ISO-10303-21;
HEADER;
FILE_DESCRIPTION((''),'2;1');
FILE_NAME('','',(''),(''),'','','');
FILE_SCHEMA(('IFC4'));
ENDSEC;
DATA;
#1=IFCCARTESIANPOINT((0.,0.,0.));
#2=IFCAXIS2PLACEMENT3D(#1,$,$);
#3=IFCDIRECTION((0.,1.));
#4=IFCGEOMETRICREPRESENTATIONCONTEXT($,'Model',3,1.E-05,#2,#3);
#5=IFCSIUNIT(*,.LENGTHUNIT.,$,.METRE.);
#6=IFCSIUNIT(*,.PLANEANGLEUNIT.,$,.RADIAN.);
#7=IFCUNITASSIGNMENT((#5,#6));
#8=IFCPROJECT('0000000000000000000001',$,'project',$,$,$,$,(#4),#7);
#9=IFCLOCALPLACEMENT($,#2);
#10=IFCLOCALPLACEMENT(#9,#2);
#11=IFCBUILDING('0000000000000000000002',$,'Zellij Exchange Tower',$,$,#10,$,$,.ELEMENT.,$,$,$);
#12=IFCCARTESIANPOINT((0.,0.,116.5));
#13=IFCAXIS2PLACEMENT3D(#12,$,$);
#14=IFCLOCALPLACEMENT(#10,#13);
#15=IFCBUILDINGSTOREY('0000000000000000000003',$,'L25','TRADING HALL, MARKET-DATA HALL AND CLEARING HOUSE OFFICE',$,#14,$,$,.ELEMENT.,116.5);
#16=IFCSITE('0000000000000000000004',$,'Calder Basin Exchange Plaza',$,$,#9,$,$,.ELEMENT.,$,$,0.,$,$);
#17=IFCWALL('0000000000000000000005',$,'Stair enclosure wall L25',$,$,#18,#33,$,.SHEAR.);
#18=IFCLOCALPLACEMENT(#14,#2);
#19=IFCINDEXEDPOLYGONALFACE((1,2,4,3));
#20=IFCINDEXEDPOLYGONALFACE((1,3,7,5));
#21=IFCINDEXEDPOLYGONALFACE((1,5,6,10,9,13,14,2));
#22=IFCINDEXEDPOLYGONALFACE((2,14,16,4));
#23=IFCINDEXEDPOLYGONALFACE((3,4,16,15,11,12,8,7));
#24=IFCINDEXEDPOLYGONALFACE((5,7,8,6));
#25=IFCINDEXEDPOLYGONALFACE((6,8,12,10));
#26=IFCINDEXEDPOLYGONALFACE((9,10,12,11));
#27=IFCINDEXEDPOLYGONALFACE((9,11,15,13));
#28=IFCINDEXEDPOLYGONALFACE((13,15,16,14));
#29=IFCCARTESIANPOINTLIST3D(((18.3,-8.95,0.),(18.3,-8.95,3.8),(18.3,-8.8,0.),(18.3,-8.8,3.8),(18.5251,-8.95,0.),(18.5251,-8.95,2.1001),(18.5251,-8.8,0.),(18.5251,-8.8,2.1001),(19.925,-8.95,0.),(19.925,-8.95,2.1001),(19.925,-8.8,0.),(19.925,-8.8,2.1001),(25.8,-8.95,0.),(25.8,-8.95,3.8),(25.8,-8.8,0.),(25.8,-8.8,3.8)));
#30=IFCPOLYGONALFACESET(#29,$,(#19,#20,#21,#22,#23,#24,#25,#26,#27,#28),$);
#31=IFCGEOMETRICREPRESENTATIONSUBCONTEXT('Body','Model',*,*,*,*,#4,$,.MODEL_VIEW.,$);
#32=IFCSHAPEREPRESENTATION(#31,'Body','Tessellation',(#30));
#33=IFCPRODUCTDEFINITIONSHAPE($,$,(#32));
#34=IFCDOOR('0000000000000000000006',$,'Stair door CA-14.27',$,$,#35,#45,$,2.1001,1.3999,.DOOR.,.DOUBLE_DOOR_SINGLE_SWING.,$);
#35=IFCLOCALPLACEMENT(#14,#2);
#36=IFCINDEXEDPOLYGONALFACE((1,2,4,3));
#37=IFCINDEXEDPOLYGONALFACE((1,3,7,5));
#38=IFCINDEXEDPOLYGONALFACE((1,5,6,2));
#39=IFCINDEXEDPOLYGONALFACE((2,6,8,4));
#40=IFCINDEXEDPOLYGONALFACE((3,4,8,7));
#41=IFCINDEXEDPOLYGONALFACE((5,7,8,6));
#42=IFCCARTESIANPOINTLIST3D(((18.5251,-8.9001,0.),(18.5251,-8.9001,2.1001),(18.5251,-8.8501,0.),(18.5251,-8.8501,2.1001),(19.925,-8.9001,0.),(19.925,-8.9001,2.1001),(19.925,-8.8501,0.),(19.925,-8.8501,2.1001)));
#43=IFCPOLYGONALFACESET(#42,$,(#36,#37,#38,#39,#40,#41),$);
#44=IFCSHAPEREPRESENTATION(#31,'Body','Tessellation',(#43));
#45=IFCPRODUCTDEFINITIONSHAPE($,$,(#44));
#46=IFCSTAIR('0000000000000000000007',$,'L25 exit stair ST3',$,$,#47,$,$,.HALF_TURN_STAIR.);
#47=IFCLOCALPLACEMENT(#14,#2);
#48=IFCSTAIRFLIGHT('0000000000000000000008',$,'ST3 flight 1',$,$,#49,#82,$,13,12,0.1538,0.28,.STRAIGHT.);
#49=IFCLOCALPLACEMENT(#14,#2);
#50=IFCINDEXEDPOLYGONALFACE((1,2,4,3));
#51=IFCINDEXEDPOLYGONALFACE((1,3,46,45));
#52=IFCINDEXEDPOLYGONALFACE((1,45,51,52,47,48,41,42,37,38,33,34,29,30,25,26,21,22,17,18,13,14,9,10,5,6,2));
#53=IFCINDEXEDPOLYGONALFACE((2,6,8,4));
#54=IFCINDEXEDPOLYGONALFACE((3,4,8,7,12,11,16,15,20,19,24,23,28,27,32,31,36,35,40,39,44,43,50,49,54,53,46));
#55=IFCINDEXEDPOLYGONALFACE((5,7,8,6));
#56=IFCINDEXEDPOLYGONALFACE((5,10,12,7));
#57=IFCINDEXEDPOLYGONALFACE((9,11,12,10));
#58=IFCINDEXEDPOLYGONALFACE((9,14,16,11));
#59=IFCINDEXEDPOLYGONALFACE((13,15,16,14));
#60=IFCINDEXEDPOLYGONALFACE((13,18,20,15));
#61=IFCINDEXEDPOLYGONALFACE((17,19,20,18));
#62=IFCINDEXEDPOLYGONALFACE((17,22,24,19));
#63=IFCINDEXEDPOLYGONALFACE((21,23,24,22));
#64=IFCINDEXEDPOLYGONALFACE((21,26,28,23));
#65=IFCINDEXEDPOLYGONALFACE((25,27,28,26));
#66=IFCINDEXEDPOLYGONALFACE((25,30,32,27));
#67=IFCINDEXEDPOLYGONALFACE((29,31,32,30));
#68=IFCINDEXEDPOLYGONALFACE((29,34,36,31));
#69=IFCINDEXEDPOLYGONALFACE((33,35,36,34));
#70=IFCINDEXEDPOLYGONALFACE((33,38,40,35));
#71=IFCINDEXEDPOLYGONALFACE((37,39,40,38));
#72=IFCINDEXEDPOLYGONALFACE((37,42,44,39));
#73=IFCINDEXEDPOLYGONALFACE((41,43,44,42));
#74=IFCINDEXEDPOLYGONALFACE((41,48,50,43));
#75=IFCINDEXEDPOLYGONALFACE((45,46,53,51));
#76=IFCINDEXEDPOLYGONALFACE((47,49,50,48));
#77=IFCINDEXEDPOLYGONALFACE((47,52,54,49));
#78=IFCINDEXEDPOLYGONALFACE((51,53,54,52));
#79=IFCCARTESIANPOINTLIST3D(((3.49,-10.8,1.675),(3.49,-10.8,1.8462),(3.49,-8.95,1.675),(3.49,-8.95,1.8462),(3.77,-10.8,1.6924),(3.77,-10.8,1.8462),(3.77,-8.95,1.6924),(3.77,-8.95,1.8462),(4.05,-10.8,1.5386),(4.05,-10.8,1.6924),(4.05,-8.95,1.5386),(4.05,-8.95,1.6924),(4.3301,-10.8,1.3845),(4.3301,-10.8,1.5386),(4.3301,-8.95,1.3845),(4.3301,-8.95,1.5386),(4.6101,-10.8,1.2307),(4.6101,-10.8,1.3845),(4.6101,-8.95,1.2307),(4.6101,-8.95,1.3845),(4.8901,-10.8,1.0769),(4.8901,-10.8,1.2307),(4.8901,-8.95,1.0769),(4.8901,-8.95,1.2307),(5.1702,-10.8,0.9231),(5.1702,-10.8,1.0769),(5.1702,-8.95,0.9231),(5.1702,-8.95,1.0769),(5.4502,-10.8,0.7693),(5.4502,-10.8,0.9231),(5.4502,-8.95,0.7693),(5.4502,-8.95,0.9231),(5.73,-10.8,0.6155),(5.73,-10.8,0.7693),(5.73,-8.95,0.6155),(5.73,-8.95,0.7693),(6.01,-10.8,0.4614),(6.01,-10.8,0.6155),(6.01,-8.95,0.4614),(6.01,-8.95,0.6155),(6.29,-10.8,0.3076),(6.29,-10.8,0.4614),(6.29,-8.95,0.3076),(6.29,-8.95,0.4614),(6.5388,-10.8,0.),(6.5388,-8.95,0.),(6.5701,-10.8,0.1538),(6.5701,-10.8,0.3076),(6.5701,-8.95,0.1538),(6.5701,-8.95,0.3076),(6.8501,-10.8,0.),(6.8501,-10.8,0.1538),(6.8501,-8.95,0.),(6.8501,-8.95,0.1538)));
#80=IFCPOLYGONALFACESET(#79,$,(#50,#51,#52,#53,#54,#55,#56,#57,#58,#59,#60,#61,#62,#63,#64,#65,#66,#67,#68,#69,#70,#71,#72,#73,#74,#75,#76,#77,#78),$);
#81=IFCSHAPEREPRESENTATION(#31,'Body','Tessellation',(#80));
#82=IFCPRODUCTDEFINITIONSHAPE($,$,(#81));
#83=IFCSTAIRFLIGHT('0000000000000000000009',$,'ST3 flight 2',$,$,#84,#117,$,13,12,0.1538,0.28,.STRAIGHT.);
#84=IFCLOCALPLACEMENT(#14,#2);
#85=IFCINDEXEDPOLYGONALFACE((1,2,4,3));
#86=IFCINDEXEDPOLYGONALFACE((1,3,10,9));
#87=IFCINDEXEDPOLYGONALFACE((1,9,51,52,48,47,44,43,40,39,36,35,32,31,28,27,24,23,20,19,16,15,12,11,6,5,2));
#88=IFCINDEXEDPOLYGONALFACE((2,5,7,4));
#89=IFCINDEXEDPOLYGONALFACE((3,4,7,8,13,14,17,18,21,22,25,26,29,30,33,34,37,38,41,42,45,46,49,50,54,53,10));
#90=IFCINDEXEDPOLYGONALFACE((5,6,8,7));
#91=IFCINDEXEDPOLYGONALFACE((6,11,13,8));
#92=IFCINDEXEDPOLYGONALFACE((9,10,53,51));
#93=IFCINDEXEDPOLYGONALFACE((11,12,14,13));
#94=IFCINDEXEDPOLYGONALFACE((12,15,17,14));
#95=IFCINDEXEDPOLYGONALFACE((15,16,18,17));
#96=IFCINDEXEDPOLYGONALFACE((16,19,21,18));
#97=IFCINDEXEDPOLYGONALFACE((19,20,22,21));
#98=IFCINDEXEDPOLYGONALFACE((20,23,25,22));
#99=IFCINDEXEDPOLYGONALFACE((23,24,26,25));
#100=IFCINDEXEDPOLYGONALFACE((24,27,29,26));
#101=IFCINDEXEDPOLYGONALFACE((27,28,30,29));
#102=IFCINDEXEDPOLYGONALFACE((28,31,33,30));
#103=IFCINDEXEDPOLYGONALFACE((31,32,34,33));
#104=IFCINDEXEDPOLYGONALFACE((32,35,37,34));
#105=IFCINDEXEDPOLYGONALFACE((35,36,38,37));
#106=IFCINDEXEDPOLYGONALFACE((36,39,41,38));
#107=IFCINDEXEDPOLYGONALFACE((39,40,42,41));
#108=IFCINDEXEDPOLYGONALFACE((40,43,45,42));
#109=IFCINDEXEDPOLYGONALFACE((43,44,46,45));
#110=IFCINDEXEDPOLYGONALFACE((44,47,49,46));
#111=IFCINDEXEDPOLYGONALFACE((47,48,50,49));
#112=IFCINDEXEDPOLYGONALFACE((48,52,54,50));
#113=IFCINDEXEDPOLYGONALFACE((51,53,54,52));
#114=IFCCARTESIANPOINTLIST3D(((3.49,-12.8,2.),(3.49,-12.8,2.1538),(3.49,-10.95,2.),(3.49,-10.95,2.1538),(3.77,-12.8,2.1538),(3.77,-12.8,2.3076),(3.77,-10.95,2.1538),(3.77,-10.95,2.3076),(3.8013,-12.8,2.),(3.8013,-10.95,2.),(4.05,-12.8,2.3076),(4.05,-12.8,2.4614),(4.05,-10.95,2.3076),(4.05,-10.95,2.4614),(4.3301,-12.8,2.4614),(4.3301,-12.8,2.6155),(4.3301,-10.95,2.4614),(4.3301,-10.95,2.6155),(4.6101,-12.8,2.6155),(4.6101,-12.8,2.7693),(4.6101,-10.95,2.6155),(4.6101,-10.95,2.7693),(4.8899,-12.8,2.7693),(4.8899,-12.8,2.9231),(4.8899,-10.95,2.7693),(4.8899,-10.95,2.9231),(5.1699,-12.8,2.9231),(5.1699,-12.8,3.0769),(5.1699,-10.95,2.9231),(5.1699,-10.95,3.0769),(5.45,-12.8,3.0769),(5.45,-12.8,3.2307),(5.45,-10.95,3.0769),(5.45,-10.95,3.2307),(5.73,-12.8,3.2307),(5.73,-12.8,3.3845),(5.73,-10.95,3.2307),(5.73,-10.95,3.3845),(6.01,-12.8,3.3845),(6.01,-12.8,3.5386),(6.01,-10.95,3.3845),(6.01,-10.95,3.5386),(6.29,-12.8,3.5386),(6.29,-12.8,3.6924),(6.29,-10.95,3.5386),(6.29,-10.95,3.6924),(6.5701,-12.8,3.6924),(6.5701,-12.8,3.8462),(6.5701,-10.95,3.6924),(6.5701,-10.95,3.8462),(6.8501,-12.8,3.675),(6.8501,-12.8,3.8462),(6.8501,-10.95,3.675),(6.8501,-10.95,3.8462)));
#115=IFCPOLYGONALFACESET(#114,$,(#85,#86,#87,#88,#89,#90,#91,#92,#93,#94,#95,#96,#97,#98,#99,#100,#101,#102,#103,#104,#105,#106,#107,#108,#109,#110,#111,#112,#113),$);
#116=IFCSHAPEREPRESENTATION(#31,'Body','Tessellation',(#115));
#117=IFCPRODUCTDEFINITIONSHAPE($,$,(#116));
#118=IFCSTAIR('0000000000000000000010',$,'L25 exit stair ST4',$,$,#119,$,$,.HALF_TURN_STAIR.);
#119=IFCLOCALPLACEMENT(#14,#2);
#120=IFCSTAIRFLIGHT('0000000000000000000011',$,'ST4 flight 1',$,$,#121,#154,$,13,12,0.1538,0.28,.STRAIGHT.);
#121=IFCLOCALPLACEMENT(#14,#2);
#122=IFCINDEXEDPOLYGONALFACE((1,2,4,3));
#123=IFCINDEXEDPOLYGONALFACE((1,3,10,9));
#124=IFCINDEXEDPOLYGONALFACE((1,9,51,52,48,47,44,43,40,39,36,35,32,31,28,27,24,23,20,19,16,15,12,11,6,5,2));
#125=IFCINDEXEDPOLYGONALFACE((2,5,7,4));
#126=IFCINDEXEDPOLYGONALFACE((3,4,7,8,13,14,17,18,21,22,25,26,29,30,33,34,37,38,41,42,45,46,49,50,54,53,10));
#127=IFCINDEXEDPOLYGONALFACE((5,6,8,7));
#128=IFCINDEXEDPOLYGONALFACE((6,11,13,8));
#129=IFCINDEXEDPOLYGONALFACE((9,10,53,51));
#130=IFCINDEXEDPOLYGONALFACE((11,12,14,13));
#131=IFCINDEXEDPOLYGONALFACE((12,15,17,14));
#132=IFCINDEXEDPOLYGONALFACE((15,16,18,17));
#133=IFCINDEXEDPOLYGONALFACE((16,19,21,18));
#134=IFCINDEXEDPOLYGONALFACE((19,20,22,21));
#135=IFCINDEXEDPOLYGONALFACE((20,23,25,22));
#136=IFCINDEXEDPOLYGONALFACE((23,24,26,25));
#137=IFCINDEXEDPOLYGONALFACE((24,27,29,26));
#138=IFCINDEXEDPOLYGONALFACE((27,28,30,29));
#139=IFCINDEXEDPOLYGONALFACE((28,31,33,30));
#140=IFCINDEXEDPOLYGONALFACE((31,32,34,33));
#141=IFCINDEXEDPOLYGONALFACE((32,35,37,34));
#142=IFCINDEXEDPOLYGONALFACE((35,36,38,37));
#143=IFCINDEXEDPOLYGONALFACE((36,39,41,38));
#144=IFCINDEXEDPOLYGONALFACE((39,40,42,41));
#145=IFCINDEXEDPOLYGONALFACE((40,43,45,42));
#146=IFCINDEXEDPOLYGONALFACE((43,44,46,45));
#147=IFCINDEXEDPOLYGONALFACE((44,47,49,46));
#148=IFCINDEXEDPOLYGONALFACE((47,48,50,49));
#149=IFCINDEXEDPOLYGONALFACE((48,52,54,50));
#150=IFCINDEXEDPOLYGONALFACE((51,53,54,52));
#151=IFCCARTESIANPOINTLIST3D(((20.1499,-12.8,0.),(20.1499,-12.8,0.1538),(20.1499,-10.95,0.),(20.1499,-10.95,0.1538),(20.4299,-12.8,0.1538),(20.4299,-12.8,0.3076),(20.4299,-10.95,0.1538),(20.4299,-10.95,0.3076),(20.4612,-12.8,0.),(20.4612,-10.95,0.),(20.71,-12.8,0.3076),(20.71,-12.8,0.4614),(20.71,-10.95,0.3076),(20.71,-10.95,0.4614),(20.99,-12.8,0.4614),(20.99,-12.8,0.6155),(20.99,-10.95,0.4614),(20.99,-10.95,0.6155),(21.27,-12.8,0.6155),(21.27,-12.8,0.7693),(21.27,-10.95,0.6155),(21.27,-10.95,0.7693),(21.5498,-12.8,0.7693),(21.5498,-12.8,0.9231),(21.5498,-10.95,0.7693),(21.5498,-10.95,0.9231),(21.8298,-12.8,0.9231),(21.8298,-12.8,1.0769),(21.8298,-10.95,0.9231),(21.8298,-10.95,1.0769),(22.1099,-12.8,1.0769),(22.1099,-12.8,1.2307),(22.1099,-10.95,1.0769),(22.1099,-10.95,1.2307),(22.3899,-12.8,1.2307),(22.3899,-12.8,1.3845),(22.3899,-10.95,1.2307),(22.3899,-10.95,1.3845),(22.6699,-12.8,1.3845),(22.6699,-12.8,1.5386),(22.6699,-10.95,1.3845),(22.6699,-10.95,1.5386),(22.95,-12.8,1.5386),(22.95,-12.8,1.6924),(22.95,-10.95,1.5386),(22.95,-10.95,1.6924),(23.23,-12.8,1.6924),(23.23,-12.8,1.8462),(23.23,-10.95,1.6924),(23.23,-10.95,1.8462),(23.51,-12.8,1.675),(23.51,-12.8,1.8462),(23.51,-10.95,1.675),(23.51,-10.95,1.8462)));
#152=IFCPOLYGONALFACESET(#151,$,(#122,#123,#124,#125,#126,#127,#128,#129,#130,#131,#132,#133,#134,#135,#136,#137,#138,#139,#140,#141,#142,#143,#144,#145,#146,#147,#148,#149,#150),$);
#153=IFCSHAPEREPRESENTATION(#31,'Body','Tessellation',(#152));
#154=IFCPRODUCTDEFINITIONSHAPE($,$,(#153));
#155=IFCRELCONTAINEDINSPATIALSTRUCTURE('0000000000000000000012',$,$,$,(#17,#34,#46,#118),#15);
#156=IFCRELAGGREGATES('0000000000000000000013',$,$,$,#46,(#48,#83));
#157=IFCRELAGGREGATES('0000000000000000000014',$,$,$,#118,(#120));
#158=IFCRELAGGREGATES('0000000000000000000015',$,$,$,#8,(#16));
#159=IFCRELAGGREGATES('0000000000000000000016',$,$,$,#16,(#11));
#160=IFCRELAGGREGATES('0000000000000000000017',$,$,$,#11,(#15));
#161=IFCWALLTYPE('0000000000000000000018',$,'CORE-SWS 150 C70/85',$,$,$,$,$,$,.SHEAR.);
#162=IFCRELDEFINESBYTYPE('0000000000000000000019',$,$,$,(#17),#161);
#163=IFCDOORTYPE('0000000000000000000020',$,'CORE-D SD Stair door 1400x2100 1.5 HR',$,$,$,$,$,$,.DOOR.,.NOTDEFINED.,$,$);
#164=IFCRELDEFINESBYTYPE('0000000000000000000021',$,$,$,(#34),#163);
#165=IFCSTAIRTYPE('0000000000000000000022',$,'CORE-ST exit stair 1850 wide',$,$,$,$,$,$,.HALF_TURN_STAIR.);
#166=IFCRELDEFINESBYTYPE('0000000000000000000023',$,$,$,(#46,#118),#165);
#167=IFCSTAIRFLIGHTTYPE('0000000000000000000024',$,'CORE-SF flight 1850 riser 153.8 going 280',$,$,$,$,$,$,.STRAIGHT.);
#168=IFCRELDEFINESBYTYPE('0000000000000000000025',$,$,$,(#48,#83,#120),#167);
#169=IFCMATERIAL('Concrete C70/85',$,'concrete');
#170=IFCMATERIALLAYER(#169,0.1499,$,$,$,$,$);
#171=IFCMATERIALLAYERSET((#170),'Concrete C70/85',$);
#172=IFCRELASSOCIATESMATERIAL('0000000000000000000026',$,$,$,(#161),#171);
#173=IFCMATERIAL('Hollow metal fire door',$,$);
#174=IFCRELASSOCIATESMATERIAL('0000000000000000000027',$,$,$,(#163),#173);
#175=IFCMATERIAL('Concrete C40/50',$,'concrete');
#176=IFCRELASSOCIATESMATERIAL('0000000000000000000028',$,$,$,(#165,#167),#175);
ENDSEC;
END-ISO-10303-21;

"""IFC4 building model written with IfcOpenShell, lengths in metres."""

from ifc_helpers import new_model, si_unit, direction, frame, frame_2d, origin, place, context, subcontext, project, spatial, polyline, rectangle, outline, extrude, material, layer, layer_set, type_object, element, fill, aggregate, save


model = new_model("IFC4")

# Units and contexts
model_context = context("Model", 3, precision=1e-05, world=origin(), true_north=direction((0.0, 1.0)))
body_context = subcontext(model_context, "Body", "Model", "MODEL_VIEW")
ifc_project = project(units=[si_unit("LENGTHUNIT", "METRE"), si_unit("PLANEANGLEUNIT", "RADIAN")], contexts=[model_context])

# Site, building, storey
site_placement = place(None, origin())
site = spatial("IfcSite", under=ifc_project, at=site_placement, Name="Calder Basin Exchange Plaza", CompositionType="ELEMENT", RefElevation=0.0)
building_placement = place(site_placement, origin())
building = spatial("IfcBuilding", under=site, at=building_placement, Name="Zellij Exchange Tower", CompositionType="ELEMENT")
storey_placement = place(building_placement, frame((0.0, 0.0, 116.5)))
storey = spatial("IfcBuildingStorey", under=building, at=storey_placement, Name="L25", Description="TRADING HALL, MARKET-DATA HALL AND CLEARING HOUSE OFFICE", CompositionType="ELEMENT", Elevation=116.5)

# Shared definitions
ifc_material_1 = material(Name="Concrete C70/85", Category="concrete")

# Shared definitions
ifc_material_2 = material(Name="Hollow metal fire door")

# Wall, opening, door
ifc_layer_1 = layer(ifc_material_1, 0.1499)
ifc_layer_set_1 = layer_set([ifc_layer_1], Name="Concrete C70/85")
wall_type_1 = type_object("IfcWallType", Name="CORE-SWS 150 C70/85", PredefinedType="SHEAR", material=ifc_layer_set_1)
door_type_1 = type_object("IfcDoorType", Name="CORE-D SD Stair door 1400x2100 1.5 HR", OperationType="NOTDEFINED", PredefinedType="DOOR", material=ifc_material_2)
wall_1_placement = place(storey_placement, frame((18.3, -8.875, 0.0), z_axis=(0.0, 0.0, 1.0), x_axis=(1.0, 0.0, 0.0)))
wall_1 = element("IfcWall", 1, at=wall_1_placement, inside=storey, type_object=wall_type_1, Name="Stair enclosure wall L25", PredefinedType="SHEAR", context=body_context, shape_type="SweptSolid", body=[
    extrude(rectangle(XDim=7.5, YDim=0.1499, at=frame_2d((3.75, 0.0))), origin(), (0.0, 0.0, 1.0), 3.8),
])
opening_1_placement = place(wall_1_placement, frame((0.2251, 0.0, 0.0)))
opening_1 = element("IfcOpeningElement", 2, at=opening_1_placement, cuts=wall_1, PredefinedType="OPENING", context=body_context, shape_type="SweptSolid", body=[
    extrude(rectangle(XDim=1.3999, YDim=2.1001, at=frame_2d((0.7, 1.05))), frame((0.0, 0.0869, 0.0), z_axis=(0.0, -1.0, 0.0), x_axis=(1.0, 0.0, 0.0)), (0.0, 0.0, 1.0), 0.1738),
])
door_1_placement = place(opening_1_placement, origin())
door_1 = element("IfcDoor", 3, at=door_1_placement, inside=storey, type_object=door_type_1, Name="Stair door CA-14.27", OperationType="DOUBLE_DOOR_SINGLE_SWING", OverallHeight=2.1001, OverallWidth=1.3999, PredefinedType="DOOR", context=body_context, shape_type="SweptSolid", body=[
    extrude(rectangle(XDim=1.3999, YDim=2.1001, at=frame_2d((0.7, 1.05))), frame((0.0, 0.0249, 0.0), z_axis=(0.0, -1.0, 0.0), x_axis=(1.0, 0.0, 0.0)), (0.0, 0.0, 1.0), 0.05),
])
fill(opening_1, door_1)

# Stair, stair flights
ifc_material_3 = material(Name="Concrete C40/50", Category="concrete")
stair_type = type_object("IfcStairType", Name="CORE-ST exit stair 1850 wide", PredefinedType="HALF_TURN_STAIR", material=ifc_material_3)
stair_1_placement = place(storey_placement, origin())
stair_1 = element("IfcStair", 4, at=stair_1_placement, inside=storey, type_object=stair_type, Name="L25 exit stair ST3", PredefinedType="HALF_TURN_STAIR")
stair_flight_type = type_object("IfcStairFlightType", Name="CORE-SF flight 1850 riser 153.8 going 280", PredefinedType="STRAIGHT", material=ifc_material_3)
stair_flight_1_placement = place(storey_placement, frame((6.8501, -9.875, 0.0), z_axis=(0.0, 0.0, 1.0), x_axis=(-1.0, 0.0, 0.0)))
stair_flight_1 = element("IfcStairFlight", 5, at=stair_flight_1_placement, type_object=stair_flight_type, Name="ST3 flight 1", NumberOfRisers=13, NumberOfTreads=12, PredefinedType="STRAIGHT", RiserHeight=0.1538, TreadLength=0.28, context=body_context, shape_type="SweptSolid", body=[
    extrude(outline(polyline([(0.0, 0.0), (0.0, 0.1538), (0.28, 0.1538), (0.28, 0.3076), (0.5601, 0.3076), (0.5601, 0.4614), (0.8401, 0.4614), (0.8401, 0.6155), (1.1201, 0.6155), (1.1201, 0.7693), (1.3999, 0.7693), (1.3999, 0.9231), (1.6799, 0.9231), (1.6799, 1.0769), (1.96, 1.0769), (1.96, 1.2307), (2.24, 1.2307), (2.24, 1.3845), (2.52, 1.3845), (2.52, 1.5386), (2.8, 1.5386), (2.8, 1.6924), (3.0801, 1.6924), (3.0801, 1.8462), (3.3601, 1.8462), (3.3601, 2.0), (3.3601, 1.675), (0.3113, 0.0), (0.0, 0.0)])), frame((0.0, 0.925, 0.0), z_axis=(0.0, -1.0, 0.0), x_axis=(1.0, 0.0, 0.0)), (0.0, 0.0, 1.0), 1.8501),
])
stair_flight_2_placement = place(storey_placement, frame((3.49, -11.875, 2.0), z_axis=(0.0, 0.0, 1.0), x_axis=(1.0, 0.0, 0.0)))
stair_flight_2 = element("IfcStairFlight", 6, at=stair_flight_2_placement, type_object=stair_flight_type, Name="ST3 flight 2", NumberOfRisers=13, NumberOfTreads=12, PredefinedType="STRAIGHT", RiserHeight=0.1538, TreadLength=0.28, context=body_context, shape_type="SweptSolid", body=[
    extrude(outline(polyline([(0.0, 0.0), (0.0, 0.1538), (0.28, 0.1538), (0.28, 0.3076), (0.5601, 0.3076), (0.5601, 0.4614), (0.8401, 0.4614), (0.8401, 0.6155), (1.1201, 0.6155), (1.1201, 0.7693), (1.3999, 0.7693), (1.3999, 0.9231), (1.6799, 0.9231), (1.6799, 1.0769), (1.96, 1.0769), (1.96, 1.2307), (2.24, 1.2307), (2.24, 1.3845), (2.52, 1.3845), (2.52, 1.5386), (2.8, 1.5386), (2.8, 1.6924), (3.0801, 1.6924), (3.0801, 1.8462), (3.3601, 1.8462), (3.3601, 2.0), (3.3601, 1.675), (0.3113, 0.0), (0.0, 0.0)])), frame((0.0, 0.925, 0.0), z_axis=(0.0, -1.0, 0.0), x_axis=(1.0, 0.0, 0.0)), (0.0, 0.0, 1.0), 1.8501),
])
aggregate(stair_1, [stair_flight_1, stair_flight_2])

# Stair, stair flight
stair_2_placement = place(storey_placement, origin())
stair_2 = element("IfcStair", 7, at=stair_2_placement, inside=storey, type_object=stair_type, Name="L25 exit stair ST4", PredefinedType="HALF_TURN_STAIR")
stair_flight_3_placement = place(storey_placement, frame((20.1499, -11.875, 0.0), z_axis=(0.0, 0.0, 1.0), x_axis=(1.0, 0.0, 0.0)))
stair_flight_3 = element("IfcStairFlight", 8, at=stair_flight_3_placement, type_object=stair_flight_type, Name="ST4 flight 1", NumberOfRisers=13, NumberOfTreads=12, PredefinedType="STRAIGHT", RiserHeight=0.1538, TreadLength=0.28, context=body_context, shape_type="SweptSolid", body=[
    extrude(outline(polyline([(0.0, 0.0), (0.0, 0.1538), (0.28, 0.1538), (0.28, 0.3076), (0.5601, 0.3076), (0.5601, 0.4614), (0.8401, 0.4614), (0.8401, 0.6155), (1.1201, 0.6155), (1.1201, 0.7693), (1.3999, 0.7693), (1.3999, 0.9231), (1.6799, 0.9231), (1.6799, 1.0769), (1.96, 1.0769), (1.96, 1.2307), (2.24, 1.2307), (2.24, 1.3845), (2.52, 1.3845), (2.52, 1.5386), (2.8, 1.5386), (2.8, 1.6924), (3.0801, 1.6924), (3.0801, 1.8462), (3.3601, 1.8462), (3.3601, 2.0), (3.3601, 1.675), (0.3113, 0.0), (0.0, 0.0)])), frame((0.0, 0.925, 0.0), z_axis=(0.0, -1.0, 0.0), x_axis=(1.0, 0.0, 0.0)), (0.0, 0.0, 1.0), 1.8501),
])
aggregate(stair_2, [stair_flight_3])

save(model, "model.ifc")
